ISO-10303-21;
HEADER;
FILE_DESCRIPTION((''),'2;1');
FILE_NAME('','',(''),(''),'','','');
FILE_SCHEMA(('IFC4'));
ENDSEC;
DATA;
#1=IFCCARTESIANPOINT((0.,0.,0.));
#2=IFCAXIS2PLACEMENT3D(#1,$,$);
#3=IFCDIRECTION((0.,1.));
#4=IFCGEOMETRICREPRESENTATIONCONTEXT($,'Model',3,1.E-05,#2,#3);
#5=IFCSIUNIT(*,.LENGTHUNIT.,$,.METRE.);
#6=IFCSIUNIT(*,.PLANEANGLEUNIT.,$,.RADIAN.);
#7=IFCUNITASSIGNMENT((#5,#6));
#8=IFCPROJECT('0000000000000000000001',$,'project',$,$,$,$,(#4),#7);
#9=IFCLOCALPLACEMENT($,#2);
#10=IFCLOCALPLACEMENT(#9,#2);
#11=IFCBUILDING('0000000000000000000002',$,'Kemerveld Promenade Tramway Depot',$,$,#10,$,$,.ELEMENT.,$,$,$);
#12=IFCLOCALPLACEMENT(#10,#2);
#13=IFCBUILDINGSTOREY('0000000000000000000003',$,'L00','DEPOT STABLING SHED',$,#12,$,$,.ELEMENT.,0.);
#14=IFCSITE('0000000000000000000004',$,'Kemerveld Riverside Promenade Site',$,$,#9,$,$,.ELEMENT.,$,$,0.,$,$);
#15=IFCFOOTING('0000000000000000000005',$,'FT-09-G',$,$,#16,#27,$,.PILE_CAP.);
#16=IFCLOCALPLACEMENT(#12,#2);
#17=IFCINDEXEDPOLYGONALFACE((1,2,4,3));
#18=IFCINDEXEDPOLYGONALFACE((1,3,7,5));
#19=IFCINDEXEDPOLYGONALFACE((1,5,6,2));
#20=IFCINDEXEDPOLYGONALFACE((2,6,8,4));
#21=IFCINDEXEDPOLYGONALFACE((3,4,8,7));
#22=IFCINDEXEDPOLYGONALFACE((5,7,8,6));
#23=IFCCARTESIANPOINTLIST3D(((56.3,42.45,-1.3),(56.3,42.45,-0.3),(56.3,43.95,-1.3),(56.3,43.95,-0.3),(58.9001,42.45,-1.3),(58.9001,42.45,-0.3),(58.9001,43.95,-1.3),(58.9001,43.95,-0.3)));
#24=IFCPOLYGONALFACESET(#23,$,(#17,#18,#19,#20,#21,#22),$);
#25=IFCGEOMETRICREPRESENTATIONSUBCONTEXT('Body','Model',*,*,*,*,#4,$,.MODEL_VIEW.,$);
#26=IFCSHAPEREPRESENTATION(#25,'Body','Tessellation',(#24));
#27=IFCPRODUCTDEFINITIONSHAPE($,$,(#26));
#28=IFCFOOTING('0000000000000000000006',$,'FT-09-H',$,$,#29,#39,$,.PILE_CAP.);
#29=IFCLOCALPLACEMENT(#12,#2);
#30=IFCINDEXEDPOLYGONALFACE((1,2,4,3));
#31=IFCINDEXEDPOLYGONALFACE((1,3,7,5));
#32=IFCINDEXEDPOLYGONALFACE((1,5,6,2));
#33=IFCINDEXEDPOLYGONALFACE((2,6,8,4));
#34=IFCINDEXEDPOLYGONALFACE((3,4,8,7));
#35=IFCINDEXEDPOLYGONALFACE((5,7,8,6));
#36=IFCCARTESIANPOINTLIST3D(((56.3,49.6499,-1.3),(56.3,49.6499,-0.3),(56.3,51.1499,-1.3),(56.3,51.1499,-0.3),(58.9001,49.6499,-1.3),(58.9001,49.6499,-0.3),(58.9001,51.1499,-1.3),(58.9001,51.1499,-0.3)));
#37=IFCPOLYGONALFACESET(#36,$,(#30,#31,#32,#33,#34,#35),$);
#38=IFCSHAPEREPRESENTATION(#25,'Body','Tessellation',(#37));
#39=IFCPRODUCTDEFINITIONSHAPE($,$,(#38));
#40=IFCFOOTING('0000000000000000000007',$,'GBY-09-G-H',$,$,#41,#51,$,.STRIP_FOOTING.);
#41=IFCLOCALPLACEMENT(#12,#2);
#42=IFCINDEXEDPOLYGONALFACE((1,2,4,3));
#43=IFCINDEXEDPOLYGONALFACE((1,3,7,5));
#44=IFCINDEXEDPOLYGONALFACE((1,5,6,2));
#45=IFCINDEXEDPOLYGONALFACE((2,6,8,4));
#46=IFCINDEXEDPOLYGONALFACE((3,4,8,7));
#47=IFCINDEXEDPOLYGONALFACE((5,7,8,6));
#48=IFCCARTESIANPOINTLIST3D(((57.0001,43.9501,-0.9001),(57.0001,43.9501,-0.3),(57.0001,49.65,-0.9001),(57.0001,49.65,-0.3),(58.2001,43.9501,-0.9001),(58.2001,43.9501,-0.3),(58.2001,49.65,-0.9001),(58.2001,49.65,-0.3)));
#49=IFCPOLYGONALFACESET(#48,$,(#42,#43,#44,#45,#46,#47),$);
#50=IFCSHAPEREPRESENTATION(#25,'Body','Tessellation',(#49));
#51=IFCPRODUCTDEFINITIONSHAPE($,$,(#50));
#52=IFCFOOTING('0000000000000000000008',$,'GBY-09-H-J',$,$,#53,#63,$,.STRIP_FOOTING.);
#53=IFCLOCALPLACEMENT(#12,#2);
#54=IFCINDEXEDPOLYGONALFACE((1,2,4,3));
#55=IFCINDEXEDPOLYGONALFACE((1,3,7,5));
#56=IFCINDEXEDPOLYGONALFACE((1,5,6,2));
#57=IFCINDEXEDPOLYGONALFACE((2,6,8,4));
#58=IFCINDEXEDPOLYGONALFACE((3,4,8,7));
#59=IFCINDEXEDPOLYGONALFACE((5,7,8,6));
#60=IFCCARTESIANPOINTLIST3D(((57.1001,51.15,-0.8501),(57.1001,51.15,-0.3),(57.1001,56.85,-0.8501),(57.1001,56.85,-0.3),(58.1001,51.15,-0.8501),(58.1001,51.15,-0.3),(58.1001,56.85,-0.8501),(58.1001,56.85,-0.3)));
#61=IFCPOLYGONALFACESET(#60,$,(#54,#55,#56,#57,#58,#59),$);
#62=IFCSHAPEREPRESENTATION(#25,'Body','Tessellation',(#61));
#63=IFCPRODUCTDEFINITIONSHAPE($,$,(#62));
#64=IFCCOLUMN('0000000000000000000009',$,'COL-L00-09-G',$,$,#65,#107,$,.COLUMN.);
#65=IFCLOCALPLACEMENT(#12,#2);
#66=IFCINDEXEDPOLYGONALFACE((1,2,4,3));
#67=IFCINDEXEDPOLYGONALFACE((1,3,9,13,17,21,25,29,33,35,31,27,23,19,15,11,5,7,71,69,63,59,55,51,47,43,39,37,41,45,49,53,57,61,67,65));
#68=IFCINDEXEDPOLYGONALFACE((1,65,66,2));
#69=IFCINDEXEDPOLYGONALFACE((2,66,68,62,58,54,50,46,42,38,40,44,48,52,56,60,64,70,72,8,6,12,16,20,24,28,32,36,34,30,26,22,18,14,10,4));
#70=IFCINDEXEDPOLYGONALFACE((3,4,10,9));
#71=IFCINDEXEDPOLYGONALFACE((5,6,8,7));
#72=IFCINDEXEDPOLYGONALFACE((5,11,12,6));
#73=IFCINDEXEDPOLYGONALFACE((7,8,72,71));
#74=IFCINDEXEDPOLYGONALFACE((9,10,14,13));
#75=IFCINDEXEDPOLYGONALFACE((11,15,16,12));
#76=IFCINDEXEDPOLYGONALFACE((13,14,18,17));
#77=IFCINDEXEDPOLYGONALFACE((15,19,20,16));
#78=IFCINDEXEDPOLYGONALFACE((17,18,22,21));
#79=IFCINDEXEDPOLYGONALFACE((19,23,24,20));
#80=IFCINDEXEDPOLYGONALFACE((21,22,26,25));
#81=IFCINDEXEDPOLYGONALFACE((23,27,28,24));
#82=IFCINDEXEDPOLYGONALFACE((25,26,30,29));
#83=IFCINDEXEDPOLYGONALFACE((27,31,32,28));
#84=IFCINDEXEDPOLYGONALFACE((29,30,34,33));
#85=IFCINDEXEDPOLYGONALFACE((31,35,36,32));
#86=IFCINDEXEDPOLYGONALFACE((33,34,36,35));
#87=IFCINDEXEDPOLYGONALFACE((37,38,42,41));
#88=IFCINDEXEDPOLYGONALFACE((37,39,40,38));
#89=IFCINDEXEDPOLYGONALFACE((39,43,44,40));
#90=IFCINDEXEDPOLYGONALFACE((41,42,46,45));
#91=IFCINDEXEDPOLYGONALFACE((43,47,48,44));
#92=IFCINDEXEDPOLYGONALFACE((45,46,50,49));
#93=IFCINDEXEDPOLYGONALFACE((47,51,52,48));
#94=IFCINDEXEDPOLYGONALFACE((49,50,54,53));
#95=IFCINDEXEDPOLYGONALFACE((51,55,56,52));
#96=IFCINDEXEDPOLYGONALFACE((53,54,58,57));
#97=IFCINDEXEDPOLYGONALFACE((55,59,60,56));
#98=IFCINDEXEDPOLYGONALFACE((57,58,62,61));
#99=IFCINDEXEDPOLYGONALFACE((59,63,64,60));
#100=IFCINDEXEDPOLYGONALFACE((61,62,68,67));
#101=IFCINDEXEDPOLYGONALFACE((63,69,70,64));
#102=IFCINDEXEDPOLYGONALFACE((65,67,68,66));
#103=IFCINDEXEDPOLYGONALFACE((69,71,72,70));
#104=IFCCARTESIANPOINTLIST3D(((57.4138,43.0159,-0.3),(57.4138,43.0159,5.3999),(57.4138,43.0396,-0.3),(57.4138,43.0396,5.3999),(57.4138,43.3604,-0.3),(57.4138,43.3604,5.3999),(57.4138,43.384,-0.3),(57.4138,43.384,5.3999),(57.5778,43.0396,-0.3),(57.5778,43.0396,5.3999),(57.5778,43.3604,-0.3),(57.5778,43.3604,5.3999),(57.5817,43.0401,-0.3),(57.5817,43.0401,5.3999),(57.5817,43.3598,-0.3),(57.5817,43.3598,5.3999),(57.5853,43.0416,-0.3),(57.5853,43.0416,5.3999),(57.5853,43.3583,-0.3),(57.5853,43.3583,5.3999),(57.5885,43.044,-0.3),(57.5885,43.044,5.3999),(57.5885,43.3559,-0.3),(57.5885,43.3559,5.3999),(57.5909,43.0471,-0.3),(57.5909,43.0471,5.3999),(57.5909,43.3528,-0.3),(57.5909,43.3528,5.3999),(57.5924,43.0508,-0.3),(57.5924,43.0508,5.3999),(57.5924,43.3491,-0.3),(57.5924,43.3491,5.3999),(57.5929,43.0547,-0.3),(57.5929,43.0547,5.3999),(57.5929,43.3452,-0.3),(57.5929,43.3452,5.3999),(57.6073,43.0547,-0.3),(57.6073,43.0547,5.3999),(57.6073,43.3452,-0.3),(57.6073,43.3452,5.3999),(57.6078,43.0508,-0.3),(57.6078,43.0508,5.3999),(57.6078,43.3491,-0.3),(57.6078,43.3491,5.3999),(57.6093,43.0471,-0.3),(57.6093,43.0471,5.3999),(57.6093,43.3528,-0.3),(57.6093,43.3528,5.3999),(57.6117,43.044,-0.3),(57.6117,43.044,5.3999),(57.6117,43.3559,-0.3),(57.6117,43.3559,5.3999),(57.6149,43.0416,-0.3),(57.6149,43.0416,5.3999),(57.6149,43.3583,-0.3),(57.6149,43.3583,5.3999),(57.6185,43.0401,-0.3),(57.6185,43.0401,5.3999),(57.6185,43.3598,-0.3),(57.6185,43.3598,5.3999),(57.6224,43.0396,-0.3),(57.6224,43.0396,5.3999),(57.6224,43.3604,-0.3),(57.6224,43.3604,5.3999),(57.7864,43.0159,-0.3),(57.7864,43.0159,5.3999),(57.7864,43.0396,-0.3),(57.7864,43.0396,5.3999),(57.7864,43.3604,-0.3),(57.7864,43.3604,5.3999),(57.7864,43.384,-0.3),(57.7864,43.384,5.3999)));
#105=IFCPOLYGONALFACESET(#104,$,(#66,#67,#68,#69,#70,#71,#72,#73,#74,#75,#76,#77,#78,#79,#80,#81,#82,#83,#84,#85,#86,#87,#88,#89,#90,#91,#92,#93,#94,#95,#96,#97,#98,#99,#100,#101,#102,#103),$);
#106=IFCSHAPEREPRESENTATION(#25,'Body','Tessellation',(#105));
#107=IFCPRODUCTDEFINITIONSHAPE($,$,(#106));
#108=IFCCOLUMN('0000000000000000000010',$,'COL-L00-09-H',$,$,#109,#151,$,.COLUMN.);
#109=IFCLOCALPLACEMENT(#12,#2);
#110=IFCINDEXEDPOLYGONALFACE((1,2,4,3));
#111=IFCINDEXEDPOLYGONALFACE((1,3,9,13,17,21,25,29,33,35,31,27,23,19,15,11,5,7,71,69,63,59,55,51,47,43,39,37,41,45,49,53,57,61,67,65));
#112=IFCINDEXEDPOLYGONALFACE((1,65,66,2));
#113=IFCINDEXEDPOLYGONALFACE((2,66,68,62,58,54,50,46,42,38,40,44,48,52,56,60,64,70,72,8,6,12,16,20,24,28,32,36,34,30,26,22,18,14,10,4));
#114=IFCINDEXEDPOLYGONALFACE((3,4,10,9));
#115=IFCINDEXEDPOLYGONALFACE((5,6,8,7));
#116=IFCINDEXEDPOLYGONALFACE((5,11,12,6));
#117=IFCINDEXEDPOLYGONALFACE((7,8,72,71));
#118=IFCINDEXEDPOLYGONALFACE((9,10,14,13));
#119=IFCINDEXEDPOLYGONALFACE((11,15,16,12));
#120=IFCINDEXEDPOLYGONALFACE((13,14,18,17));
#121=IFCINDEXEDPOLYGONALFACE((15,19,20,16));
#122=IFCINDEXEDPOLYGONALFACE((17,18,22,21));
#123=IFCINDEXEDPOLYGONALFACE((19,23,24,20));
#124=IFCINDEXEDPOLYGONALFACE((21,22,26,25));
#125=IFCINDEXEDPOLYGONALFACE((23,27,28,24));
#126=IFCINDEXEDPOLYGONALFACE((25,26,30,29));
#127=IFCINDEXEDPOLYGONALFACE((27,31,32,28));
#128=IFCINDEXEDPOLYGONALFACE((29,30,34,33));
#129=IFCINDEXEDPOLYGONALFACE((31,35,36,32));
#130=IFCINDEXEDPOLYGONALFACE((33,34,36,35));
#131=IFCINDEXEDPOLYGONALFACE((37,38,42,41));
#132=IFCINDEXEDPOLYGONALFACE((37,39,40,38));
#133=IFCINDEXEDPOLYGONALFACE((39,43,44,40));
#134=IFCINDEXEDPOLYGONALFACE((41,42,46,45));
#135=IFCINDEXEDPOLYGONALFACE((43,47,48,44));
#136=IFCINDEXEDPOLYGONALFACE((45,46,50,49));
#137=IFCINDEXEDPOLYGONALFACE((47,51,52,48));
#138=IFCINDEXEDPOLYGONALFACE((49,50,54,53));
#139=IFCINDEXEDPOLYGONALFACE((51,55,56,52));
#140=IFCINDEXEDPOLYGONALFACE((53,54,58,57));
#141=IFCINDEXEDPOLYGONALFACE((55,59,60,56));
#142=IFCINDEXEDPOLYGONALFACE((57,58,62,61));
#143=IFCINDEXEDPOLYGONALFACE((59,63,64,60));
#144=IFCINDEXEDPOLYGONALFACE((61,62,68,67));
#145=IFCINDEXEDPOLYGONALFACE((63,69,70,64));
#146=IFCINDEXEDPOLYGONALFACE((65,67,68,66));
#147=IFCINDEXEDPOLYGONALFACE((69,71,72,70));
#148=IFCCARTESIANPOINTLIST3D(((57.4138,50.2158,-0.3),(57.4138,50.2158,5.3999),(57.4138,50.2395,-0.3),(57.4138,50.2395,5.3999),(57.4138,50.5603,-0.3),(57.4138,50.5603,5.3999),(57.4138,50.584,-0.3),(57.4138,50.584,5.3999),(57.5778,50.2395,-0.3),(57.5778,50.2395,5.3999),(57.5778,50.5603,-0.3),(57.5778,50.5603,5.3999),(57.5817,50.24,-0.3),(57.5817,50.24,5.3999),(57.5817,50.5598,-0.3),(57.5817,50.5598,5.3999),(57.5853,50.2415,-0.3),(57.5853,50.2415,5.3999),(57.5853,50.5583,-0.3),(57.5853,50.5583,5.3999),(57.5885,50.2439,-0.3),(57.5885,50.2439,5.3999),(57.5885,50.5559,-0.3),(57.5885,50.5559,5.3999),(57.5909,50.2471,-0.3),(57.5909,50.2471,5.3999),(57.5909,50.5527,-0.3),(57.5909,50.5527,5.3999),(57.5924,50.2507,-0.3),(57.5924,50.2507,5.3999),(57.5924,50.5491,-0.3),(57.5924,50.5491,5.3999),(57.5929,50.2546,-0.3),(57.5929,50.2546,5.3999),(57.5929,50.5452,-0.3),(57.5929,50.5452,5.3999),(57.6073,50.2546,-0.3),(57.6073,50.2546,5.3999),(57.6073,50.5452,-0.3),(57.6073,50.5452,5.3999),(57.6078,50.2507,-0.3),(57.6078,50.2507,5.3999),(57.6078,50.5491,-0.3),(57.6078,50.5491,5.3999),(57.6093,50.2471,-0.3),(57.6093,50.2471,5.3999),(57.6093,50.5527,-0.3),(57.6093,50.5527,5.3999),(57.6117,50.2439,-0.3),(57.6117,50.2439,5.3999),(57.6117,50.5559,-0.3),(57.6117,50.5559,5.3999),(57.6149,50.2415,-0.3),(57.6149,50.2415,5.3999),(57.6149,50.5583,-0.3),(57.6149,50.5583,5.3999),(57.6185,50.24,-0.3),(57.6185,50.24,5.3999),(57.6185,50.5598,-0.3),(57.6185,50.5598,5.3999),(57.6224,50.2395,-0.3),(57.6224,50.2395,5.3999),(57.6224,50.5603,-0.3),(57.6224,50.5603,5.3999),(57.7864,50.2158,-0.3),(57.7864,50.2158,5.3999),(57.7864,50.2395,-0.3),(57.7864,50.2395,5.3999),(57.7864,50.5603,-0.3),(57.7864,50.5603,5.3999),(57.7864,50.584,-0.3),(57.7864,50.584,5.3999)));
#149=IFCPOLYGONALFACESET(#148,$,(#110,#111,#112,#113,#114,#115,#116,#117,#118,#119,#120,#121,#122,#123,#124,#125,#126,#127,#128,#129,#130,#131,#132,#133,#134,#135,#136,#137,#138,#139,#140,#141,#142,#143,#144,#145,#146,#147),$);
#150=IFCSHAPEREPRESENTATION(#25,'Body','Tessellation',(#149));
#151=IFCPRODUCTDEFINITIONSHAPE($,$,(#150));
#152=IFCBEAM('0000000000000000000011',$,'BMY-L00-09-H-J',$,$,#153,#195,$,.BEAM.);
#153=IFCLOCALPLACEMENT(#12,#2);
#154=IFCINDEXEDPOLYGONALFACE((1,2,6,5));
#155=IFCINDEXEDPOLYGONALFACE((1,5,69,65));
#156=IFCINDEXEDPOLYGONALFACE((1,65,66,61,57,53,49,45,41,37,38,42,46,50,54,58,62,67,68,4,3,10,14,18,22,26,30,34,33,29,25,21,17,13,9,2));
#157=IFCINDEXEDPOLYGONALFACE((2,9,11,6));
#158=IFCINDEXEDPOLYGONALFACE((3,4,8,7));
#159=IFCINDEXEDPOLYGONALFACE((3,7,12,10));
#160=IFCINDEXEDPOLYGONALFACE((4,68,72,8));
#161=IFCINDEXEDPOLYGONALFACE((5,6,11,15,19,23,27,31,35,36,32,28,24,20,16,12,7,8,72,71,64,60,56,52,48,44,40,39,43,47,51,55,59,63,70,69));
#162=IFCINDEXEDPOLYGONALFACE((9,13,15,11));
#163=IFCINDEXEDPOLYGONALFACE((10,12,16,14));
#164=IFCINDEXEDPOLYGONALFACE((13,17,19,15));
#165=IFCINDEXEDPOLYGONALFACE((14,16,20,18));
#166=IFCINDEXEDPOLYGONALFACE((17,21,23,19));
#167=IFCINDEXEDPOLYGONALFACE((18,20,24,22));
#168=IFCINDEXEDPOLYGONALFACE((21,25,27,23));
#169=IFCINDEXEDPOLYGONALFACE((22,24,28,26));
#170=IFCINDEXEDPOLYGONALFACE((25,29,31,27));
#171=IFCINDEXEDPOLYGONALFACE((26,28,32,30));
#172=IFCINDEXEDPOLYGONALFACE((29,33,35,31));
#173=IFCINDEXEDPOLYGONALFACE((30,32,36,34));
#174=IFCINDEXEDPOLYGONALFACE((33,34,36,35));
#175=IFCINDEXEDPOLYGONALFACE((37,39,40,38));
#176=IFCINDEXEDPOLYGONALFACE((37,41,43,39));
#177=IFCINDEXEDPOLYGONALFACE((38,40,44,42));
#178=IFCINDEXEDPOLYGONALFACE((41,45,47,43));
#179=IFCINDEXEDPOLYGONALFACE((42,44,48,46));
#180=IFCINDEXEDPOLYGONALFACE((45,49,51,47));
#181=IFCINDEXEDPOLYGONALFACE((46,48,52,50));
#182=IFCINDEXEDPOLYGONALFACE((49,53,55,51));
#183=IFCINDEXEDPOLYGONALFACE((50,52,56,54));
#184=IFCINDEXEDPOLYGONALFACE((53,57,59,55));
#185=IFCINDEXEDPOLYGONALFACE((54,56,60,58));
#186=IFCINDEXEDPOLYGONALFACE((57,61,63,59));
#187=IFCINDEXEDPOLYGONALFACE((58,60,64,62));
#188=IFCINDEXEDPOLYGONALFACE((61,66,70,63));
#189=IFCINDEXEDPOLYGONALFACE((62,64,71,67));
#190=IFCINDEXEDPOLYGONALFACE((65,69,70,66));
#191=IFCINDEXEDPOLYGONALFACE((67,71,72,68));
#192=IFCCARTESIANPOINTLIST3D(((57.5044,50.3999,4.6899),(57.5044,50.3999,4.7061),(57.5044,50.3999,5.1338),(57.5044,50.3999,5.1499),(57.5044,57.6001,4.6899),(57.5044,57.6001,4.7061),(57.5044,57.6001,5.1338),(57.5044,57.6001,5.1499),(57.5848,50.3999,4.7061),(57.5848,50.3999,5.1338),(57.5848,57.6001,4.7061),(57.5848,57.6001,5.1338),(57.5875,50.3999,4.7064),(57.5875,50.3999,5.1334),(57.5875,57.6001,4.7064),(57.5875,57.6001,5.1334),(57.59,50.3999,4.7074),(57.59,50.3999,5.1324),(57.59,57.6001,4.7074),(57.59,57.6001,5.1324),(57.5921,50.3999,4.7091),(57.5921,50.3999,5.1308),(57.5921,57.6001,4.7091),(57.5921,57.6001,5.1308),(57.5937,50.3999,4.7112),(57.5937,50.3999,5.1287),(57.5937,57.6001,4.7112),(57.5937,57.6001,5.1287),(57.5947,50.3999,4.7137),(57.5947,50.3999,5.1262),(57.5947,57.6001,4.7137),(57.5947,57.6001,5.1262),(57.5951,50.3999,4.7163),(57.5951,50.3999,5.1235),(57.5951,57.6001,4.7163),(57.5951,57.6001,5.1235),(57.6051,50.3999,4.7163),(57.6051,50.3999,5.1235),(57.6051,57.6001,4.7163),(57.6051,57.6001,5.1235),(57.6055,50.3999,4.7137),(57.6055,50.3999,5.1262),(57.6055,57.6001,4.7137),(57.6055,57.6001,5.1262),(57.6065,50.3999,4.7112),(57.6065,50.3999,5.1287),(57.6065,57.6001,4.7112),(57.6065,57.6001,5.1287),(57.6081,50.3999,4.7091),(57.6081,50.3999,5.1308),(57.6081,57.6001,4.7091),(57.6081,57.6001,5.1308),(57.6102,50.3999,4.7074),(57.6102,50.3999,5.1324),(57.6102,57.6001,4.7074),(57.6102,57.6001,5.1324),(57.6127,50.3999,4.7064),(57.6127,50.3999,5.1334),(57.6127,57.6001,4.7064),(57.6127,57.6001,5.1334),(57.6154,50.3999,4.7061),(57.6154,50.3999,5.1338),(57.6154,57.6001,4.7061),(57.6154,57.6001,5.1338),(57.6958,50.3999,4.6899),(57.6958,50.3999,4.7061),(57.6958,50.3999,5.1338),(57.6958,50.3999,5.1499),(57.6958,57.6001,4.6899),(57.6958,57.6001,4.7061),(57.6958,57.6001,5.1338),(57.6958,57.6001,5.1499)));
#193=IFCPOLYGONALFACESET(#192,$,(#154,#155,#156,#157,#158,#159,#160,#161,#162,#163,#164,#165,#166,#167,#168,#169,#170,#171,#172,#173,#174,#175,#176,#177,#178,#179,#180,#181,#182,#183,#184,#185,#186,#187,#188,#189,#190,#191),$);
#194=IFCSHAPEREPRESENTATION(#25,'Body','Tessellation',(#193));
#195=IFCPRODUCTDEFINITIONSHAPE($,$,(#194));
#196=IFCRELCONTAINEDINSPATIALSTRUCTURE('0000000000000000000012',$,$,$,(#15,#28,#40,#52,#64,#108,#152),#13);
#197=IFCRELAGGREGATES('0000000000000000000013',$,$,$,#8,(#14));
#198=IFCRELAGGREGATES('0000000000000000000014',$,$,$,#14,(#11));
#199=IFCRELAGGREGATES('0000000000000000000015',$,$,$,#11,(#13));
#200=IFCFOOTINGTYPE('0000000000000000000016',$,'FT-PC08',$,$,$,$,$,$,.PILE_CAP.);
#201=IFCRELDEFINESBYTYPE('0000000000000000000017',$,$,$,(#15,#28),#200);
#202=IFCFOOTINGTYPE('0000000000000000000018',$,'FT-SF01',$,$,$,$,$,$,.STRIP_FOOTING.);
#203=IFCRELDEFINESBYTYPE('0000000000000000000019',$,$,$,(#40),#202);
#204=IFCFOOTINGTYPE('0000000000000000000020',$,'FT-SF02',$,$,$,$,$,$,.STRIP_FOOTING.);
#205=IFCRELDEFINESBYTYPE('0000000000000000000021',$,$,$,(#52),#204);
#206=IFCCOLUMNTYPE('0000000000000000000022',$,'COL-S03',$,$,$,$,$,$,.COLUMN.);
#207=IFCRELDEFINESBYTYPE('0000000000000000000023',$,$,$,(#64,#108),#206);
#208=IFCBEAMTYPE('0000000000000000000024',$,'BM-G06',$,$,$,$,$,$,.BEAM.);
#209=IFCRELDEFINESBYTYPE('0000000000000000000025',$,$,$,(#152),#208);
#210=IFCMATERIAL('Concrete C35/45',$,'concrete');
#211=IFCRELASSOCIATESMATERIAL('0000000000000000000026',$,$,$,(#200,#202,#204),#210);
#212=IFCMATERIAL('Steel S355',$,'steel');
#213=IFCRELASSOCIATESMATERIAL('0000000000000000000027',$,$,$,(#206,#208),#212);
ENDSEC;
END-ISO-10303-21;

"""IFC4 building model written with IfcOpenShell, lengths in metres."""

from ifc_helpers import new_model, si_unit, direction, frame, origin, origin_2d, place, context, subcontext, project, spatial, rectangle, i_section, extrude, material, material_profile, profile_set, type_object, element, save


model = new_model("IFC4")

# Units and contexts
model_context = context("Model", 3, precision=1e-05, world=origin(), true_north=direction((0.0, 1.0)))
body_context = subcontext(model_context, "Body", "Model", "MODEL_VIEW")
ifc_project = project(units=[si_unit("LENGTHUNIT", "METRE"), si_unit("PLANEANGLEUNIT", "RADIAN")], contexts=[model_context])

# Site, building, storey
site_placement = place(None, origin())
site = spatial("IfcSite", under=ifc_project, at=site_placement, Name="Kemerveld Riverside Promenade Site", CompositionType="ELEMENT", RefElevation=0.0)
building_placement = place(site_placement, origin())
building = spatial("IfcBuilding", under=site, at=building_placement, Name="Kemerveld Promenade Tramway Depot", CompositionType="ELEMENT")
storey_placement = place(building_placement, origin())
storey = spatial("IfcBuildingStorey", under=building, at=storey_placement, Name="L00", Description="DEPOT STABLING SHED", CompositionType="ELEMENT", Elevation=0.0)

# Footings
ifc_material_1 = material(Name="Concrete C35/45", Category="concrete")
footing_type_1 = type_object("IfcFootingType", Name="FT-PC08", PredefinedType="PILE_CAP", material=ifc_material_1)
for number, where, z_axis, x_axis, name in (
    (1, (57.6001, 43.2, -1.3), (0.0, 0.0, 1.0), (1.0, 0.0, 0.0), "FT-09-G"),
    (2, (57.6001, 50.3999, -1.3), (0.0, 0.0, 1.0), (1.0, 0.0, 0.0), "FT-09-H"),
):
    element("IfcFooting", number, at=place(storey_placement, frame(where, z_axis=z_axis, x_axis=x_axis)), inside=storey, type_object=footing_type_1, Name=name, PredefinedType="PILE_CAP", context=body_context, shape_type="SweptSolid", body=[
        extrude(rectangle(XDim=2.6001, YDim=1.5, at=origin_2d()), origin(), (0.0, 0.0, 1.0), 1.0),
    ])
footing_type_2 = type_object("IfcFootingType", Name="FT-SF01", PredefinedType="STRIP_FOOTING", material=ifc_material_1)
footing_1_placement = place(storey_placement, frame((57.6001, 46.8, -0.9001), z_axis=(0.0, 0.0, 1.0), x_axis=(0.0, 1.0, 0.0)))
element("IfcFooting", 3, at=footing_1_placement, inside=storey, type_object=footing_type_2, Name="GBY-09-G-H", PredefinedType="STRIP_FOOTING", context=body_context, shape_type="SweptSolid", body=[
    extrude(rectangle(XDim=5.7, YDim=1.2, at=origin_2d()), origin(), (0.0, 0.0, 1.0), 0.6001),
])
footing_type_3 = type_object("IfcFootingType", Name="FT-SF02", PredefinedType="STRIP_FOOTING", material=ifc_material_1)
footing_2_placement = place(storey_placement, frame((57.6001, 54.0, -0.8501), z_axis=(0.0, 0.0, 1.0), x_axis=(0.0, 1.0, 0.0)))
element("IfcFooting", 4, at=footing_2_placement, inside=storey, type_object=footing_type_3, Name="GBY-09-H-J", PredefinedType="STRIP_FOOTING", context=body_context, shape_type="SweptSolid", body=[
    extrude(rectangle(XDim=5.7, YDim=1.0, at=origin_2d()), origin(), (0.0, 0.0, 1.0), 0.55),
])

# Columns
ifc_material_2 = material(Name="Steel S355", Category="steel")
ifc_material_profile_1 = material_profile(ifc_material_2, i_section(OverallWidth=0.3726, OverallDepth=0.3682, WebThickness=0.0144, FlangeThickness=0.0237, FilletRadius=0.0151, at=origin_2d()), Name="356x368x177 UC")
ifc_profile_set_1 = profile_set([ifc_material_profile_1], Name="Steel S355")
column_type = type_object("IfcColumnType", Name="COL-S03", PredefinedType="COLUMN", material=ifc_profile_set_1)
for number, where, z_axis, x_axis, name in (
    (5, (57.6001, 43.2, -0.3), (0.0, 0.0, 1.0), (1.0, 0.0, 0.0), "COL-L00-09-G"),
    (6, (57.6001, 50.3999, -0.3), (0.0, 0.0, 1.0), (1.0, 0.0, 0.0), "COL-L00-09-H"),
):
    element("IfcColumn", number, at=place(storey_placement, frame(where, z_axis=z_axis, x_axis=x_axis)), inside=storey, type_object=column_type, Name=name, PredefinedType="COLUMN", context=body_context, shape_type="SweptSolid", body=[
        extrude(i_section(OverallWidth=0.3726, OverallDepth=0.3682, WebThickness=0.0144, FlangeThickness=0.0237, FilletRadius=0.0151, at=origin_2d()), origin(), (0.0, 0.0, 1.0), 5.7),
    ])

# Beam
ifc_material_profile_2 = material_profile(ifc_material_2, i_section(OverallWidth=0.1914, OverallDepth=0.46, WebThickness=0.01, FlangeThickness=0.0161, FilletRadius=0.0103, at=origin_2d()), Name="457x191x82 UB")
ifc_profile_set_2 = profile_set([ifc_material_profile_2], Name="Steel S355")
beam_type_1 = type_object("IfcBeamType", Name="BM-G06", PredefinedType="BEAM", material=ifc_profile_set_2)
beam_1_placement = place(storey_placement, frame((57.6001, 50.3999, 4.9199), z_axis=(0.0, 1.0, 0.0), x_axis=(-1.0, 0.0, 0.0)))
element("IfcBeam", 7, at=beam_1_placement, inside=storey, type_object=beam_type_1, Name="BMY-L00-09-H-J", PredefinedType="BEAM", context=body_context, shape_type="SweptSolid", body=[
    extrude(i_section(OverallWidth=0.1914, OverallDepth=0.46, WebThickness=0.01, FlangeThickness=0.0161, FilletRadius=0.0103, at=origin_2d()), origin(), (0.0, 0.0, 1.0), 7.2002),
])

save(model, "model.ifc")
